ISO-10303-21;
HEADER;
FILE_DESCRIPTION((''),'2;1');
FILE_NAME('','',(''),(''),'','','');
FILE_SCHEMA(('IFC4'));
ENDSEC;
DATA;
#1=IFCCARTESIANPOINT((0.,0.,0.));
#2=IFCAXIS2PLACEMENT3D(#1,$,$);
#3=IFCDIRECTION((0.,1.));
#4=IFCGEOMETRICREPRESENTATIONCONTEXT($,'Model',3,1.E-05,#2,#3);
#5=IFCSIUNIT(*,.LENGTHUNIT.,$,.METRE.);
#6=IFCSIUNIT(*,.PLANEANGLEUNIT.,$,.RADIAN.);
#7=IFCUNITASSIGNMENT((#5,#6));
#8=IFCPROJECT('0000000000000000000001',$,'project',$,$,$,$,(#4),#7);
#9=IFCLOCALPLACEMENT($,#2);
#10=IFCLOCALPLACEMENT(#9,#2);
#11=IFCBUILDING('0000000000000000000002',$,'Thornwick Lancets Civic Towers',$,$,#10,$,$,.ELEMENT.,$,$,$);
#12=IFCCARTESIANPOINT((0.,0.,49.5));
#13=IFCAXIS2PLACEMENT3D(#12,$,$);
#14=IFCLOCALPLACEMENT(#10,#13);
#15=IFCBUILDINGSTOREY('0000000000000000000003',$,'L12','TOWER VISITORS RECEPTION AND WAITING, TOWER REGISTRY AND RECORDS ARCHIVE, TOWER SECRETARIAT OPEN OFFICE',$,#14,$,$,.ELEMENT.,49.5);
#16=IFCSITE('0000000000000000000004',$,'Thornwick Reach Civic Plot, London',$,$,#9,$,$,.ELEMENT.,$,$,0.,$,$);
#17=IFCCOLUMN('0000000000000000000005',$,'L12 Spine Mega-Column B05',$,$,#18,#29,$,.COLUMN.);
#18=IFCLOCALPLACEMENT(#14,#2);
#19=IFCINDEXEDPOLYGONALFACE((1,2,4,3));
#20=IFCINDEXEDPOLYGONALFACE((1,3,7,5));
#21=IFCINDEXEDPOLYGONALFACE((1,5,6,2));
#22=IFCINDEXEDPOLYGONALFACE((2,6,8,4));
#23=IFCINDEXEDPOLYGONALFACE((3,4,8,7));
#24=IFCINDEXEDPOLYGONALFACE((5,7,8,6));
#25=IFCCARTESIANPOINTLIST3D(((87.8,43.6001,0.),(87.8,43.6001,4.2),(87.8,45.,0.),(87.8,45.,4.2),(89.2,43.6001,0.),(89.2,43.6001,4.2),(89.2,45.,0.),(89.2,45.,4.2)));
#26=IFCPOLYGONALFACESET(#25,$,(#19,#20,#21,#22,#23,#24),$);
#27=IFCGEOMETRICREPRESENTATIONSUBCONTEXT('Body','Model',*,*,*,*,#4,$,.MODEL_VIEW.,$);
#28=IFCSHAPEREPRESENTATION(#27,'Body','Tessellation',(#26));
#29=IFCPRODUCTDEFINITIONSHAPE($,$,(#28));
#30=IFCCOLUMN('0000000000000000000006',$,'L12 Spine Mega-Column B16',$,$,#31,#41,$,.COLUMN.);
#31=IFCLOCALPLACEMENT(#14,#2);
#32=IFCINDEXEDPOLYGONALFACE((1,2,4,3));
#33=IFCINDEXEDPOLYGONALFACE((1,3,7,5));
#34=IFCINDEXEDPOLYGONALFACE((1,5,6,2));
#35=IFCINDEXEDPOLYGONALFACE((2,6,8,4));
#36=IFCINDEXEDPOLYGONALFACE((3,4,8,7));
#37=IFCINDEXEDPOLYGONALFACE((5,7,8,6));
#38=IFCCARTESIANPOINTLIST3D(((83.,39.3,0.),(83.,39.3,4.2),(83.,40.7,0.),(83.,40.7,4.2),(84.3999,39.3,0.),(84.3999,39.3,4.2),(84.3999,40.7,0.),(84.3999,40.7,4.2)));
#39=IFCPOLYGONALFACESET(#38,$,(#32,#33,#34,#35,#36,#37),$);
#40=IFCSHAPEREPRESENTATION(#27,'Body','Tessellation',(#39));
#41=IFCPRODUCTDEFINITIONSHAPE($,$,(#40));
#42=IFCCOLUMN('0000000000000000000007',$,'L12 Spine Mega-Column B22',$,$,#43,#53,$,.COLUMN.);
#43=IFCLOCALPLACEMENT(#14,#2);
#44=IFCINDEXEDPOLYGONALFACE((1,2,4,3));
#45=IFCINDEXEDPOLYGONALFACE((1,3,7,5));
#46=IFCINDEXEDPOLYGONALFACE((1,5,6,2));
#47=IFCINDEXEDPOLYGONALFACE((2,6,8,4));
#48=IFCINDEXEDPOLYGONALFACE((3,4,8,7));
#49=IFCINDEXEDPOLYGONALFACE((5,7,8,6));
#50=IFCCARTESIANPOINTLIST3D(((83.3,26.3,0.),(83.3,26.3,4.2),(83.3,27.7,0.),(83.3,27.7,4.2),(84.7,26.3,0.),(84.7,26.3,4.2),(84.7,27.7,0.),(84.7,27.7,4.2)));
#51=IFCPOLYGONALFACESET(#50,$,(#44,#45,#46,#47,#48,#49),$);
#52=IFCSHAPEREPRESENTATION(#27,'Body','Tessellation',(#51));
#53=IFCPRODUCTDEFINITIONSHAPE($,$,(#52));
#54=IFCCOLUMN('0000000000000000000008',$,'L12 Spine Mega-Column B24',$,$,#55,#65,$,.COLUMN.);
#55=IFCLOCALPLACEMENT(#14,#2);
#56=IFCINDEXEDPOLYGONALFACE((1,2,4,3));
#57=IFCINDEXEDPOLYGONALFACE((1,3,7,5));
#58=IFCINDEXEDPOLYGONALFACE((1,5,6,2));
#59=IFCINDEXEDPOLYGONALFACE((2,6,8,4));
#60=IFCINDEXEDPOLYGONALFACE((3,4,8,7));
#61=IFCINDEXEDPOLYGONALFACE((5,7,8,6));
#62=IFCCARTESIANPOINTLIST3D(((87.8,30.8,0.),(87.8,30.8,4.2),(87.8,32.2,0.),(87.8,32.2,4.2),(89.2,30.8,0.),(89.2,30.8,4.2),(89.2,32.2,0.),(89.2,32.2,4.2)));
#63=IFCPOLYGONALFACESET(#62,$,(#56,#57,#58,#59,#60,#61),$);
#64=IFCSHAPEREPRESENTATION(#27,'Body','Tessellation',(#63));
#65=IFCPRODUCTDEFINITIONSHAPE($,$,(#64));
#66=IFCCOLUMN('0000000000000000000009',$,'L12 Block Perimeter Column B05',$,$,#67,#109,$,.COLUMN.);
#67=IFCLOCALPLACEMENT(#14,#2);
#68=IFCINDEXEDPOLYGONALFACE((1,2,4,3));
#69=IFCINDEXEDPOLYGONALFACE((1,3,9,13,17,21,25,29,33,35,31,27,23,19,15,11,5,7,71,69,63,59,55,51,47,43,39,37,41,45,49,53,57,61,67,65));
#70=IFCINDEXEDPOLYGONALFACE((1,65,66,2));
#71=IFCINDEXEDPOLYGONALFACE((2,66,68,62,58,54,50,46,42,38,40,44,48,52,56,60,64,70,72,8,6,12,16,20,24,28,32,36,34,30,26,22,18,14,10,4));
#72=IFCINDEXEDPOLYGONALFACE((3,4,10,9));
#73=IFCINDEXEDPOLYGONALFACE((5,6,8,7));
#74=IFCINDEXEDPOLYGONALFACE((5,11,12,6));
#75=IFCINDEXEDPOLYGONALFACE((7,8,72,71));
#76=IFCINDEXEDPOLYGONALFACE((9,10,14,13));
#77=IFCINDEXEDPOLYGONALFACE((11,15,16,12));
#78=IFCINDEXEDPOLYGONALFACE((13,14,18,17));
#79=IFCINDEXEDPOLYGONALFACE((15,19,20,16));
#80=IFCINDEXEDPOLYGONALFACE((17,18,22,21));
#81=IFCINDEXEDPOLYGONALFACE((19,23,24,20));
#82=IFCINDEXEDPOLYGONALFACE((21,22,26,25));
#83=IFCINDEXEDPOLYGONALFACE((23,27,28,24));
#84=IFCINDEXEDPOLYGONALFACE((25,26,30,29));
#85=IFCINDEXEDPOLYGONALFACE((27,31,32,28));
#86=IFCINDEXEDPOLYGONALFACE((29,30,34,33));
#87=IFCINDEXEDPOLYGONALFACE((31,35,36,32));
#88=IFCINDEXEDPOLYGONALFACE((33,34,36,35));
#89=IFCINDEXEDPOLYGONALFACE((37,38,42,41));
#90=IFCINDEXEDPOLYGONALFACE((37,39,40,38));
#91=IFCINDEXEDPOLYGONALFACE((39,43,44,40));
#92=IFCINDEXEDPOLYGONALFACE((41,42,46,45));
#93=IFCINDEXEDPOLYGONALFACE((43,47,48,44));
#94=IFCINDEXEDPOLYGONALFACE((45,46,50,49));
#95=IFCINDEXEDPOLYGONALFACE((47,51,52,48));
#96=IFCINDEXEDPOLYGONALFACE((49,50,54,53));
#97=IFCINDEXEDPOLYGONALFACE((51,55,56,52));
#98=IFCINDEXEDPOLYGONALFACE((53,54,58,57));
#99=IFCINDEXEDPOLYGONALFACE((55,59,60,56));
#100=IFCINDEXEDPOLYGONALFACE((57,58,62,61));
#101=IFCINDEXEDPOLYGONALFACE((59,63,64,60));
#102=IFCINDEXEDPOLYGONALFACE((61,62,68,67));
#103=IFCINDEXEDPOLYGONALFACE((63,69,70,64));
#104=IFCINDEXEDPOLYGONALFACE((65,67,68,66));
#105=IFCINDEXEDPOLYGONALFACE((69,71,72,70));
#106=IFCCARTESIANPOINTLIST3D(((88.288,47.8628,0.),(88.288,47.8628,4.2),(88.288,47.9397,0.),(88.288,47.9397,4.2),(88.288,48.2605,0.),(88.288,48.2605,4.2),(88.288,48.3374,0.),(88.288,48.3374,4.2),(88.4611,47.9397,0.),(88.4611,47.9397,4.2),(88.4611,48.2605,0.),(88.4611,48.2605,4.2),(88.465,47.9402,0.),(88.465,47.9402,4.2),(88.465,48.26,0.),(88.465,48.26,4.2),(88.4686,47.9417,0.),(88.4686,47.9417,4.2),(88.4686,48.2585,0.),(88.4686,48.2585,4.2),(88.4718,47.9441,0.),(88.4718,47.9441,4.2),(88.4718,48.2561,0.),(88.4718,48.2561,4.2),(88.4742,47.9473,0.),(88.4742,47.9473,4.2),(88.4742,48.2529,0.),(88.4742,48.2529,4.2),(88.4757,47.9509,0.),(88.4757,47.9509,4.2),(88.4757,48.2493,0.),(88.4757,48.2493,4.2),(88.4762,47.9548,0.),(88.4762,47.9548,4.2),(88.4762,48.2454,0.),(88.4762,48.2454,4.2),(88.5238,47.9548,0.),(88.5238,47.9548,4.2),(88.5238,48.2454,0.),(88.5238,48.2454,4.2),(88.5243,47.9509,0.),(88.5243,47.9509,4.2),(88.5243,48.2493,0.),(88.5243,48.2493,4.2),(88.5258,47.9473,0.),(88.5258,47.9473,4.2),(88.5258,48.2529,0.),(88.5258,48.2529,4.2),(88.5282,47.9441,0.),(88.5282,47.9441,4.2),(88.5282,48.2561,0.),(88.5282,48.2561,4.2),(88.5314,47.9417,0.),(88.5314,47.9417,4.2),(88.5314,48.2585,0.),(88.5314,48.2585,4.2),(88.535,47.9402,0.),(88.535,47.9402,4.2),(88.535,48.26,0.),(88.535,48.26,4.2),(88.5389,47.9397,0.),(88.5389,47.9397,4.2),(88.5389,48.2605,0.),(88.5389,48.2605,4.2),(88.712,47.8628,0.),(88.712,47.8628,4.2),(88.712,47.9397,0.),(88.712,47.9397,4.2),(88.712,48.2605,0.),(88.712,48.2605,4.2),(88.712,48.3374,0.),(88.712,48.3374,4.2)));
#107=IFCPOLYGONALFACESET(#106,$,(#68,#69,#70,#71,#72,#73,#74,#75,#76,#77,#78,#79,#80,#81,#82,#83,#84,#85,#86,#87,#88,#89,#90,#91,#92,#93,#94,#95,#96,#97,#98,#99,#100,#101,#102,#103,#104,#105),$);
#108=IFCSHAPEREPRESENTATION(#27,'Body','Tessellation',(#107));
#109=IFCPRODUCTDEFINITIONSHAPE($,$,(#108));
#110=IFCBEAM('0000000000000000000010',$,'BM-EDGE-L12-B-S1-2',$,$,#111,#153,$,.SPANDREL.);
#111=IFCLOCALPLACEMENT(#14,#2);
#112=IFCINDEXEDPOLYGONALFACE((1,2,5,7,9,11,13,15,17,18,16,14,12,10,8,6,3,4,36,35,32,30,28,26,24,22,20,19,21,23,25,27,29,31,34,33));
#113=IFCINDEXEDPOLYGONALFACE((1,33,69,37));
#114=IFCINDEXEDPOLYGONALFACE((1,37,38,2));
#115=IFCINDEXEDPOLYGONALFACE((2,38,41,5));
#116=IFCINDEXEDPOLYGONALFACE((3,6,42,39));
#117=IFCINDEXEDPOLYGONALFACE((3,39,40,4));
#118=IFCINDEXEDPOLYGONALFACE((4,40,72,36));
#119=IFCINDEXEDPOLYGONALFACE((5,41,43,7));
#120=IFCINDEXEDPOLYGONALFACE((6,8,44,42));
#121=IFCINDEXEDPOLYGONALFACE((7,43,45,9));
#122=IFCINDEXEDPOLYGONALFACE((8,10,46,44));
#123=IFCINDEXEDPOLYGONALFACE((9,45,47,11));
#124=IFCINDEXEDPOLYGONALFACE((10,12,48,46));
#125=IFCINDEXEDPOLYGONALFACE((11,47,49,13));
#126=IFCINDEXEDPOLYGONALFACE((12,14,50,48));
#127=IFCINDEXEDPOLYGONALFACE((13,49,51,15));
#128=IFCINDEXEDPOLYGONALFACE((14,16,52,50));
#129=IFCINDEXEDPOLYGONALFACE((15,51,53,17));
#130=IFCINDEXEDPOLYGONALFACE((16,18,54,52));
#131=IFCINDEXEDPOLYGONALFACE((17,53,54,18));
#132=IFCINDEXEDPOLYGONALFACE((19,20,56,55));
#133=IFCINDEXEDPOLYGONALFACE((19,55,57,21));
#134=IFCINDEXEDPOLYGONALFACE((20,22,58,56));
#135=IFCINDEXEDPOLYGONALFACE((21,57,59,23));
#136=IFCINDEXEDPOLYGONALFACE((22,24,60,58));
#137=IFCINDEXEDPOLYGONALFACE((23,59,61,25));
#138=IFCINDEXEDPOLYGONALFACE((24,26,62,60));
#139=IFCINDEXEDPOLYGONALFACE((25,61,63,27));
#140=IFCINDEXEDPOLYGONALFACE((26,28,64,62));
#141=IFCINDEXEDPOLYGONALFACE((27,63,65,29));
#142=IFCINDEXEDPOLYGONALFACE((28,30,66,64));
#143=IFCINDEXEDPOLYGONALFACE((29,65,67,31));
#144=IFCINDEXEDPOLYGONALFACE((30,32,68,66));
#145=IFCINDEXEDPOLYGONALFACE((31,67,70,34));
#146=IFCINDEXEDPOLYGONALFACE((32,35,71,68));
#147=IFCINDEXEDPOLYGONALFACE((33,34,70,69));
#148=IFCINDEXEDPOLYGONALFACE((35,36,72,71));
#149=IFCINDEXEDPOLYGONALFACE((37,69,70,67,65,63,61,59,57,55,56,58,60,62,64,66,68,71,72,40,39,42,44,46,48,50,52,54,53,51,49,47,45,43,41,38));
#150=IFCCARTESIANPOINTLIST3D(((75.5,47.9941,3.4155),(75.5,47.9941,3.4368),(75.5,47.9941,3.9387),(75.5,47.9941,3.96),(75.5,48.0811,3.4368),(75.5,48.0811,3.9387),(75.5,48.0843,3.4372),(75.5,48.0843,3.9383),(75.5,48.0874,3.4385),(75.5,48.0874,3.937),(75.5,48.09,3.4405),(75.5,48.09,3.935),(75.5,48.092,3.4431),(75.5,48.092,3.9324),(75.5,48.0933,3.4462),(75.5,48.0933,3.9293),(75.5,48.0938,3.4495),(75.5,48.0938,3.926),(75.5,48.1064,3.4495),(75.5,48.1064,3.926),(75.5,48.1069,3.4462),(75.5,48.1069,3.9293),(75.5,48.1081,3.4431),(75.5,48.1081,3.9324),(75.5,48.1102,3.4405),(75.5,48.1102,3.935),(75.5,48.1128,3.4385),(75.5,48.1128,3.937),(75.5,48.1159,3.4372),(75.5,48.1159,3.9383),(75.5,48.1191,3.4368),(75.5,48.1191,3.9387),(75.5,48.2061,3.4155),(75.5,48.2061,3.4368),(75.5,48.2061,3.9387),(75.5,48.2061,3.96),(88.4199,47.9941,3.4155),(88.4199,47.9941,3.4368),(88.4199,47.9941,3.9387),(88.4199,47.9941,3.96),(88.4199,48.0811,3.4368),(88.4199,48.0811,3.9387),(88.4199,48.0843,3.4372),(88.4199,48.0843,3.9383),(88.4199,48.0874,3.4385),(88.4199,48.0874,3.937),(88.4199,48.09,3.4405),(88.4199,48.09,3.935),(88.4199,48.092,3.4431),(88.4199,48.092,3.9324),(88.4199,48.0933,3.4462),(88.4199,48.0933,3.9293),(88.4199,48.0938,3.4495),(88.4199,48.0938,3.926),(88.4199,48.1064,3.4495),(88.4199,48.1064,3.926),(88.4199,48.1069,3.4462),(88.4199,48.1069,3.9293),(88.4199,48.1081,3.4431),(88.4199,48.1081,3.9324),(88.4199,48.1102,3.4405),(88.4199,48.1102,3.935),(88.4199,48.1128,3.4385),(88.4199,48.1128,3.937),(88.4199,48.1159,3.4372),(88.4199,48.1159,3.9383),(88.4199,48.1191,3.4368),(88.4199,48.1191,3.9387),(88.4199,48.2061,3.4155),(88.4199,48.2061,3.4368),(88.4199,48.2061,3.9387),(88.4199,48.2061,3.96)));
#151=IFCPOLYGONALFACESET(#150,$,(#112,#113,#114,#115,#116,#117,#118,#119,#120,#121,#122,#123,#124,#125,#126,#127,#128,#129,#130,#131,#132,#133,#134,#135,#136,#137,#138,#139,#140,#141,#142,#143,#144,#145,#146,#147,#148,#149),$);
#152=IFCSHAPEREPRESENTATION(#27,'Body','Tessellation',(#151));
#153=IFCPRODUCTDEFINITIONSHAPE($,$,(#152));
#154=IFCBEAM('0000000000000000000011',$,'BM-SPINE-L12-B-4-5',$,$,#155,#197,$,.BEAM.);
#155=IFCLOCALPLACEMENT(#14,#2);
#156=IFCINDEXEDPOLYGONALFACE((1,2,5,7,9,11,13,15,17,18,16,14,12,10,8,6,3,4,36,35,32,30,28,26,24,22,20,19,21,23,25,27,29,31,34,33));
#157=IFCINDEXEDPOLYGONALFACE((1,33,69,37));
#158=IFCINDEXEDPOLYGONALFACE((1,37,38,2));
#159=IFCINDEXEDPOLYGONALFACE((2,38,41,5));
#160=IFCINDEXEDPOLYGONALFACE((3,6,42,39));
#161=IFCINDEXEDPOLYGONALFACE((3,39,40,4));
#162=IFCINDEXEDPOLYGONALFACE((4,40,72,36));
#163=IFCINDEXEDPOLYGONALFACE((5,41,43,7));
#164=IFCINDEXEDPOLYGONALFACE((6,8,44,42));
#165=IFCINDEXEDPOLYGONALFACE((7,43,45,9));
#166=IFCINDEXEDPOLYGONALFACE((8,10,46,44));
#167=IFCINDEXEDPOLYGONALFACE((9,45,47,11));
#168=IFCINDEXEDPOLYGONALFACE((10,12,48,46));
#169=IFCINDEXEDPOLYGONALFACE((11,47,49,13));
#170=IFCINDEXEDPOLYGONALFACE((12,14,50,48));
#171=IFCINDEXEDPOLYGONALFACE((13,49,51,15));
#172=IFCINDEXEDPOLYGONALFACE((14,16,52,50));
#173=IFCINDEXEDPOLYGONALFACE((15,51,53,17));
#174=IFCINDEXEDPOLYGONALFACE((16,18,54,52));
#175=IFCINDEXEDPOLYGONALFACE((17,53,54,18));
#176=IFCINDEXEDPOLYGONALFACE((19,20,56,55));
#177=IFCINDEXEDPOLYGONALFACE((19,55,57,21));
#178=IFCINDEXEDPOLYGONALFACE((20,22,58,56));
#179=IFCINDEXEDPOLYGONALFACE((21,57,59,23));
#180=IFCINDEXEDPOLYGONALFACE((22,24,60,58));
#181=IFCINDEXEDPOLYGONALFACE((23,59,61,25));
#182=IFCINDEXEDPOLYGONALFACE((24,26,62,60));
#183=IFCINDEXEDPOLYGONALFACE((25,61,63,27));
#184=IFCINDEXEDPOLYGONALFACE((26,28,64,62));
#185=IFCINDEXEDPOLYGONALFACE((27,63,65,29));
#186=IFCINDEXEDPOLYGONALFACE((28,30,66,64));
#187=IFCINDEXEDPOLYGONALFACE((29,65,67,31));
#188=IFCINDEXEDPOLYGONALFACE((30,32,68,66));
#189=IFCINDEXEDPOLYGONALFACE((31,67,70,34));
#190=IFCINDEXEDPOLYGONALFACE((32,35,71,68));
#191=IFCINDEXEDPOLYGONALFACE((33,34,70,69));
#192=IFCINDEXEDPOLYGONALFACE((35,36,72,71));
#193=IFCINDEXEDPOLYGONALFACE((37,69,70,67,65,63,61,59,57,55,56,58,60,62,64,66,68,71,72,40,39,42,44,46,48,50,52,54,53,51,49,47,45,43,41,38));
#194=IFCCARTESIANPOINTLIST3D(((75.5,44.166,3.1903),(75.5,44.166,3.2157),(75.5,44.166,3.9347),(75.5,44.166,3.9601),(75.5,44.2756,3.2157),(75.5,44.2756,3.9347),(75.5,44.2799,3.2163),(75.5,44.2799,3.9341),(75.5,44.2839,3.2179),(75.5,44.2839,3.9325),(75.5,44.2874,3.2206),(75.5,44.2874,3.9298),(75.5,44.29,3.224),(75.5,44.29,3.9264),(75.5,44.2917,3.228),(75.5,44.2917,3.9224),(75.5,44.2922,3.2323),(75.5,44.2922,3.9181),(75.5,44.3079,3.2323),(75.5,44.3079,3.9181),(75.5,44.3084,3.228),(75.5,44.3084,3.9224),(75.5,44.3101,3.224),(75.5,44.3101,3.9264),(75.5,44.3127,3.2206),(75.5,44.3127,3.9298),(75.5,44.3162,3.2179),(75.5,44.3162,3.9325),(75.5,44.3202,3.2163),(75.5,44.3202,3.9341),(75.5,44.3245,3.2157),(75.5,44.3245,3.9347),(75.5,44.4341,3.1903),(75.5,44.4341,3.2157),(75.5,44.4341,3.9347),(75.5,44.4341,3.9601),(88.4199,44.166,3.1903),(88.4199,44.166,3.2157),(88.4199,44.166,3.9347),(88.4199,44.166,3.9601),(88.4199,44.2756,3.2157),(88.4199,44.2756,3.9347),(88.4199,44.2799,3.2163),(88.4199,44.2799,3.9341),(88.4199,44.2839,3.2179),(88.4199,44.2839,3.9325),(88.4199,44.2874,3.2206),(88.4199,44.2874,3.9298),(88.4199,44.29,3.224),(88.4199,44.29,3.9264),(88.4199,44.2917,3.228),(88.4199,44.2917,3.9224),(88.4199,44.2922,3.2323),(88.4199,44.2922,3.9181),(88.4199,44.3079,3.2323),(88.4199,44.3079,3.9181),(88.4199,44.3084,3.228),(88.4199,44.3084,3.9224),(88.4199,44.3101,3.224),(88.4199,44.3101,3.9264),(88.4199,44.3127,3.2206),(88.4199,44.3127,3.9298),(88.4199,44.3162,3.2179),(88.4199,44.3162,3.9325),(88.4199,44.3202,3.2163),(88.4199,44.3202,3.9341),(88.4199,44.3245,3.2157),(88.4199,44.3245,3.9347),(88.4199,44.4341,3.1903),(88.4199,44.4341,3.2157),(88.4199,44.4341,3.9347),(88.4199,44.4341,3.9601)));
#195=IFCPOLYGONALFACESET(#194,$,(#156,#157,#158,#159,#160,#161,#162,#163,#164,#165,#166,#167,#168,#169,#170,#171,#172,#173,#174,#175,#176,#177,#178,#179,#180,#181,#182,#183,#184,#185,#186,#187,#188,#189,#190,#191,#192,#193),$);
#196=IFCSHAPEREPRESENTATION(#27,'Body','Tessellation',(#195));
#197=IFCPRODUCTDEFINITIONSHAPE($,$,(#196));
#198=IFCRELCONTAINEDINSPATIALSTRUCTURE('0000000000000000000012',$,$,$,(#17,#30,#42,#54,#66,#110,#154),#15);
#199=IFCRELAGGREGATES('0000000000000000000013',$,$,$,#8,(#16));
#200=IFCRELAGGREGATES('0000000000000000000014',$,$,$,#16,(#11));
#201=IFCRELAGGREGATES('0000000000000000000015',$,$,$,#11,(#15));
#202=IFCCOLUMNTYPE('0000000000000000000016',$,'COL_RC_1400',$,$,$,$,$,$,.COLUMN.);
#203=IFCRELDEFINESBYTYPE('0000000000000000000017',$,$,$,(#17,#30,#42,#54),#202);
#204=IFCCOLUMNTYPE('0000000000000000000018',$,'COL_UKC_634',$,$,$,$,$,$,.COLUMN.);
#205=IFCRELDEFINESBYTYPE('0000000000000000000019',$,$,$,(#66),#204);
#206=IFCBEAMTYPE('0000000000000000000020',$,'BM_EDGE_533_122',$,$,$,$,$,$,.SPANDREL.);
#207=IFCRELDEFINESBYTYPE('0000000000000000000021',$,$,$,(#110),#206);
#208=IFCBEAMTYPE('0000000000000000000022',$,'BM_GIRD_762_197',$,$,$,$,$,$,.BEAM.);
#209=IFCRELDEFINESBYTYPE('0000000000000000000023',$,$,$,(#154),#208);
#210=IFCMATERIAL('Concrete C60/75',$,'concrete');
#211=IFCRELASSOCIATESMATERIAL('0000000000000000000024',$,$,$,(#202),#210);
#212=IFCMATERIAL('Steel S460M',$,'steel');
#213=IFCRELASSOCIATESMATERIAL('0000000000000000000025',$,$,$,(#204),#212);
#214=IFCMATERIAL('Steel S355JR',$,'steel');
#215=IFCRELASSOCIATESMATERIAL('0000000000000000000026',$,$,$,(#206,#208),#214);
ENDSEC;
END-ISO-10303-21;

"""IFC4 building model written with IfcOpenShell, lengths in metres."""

from ifc_helpers import new_model, si_unit, direction, frame, origin, origin_2d, place, context, subcontext, project, spatial, rectangle, i_section, extrude, material, material_profile, profile_set, type_object, element, save


model = new_model("IFC4")

# Units and contexts
model_context = context("Model", 3, precision=1e-05, world=origin(), true_north=direction((0.0, 1.0)))
body_context = subcontext(model_context, "Body", "Model", "MODEL_VIEW")
ifc_project = project(units=[si_unit("LENGTHUNIT", "METRE"), si_unit("PLANEANGLEUNIT", "RADIAN")], contexts=[model_context])

# Site, building, storey
site_placement = place(None, origin())
site = spatial("IfcSite", under=ifc_project, at=site_placement, Name="Thornwick Reach Civic Plot, London", CompositionType="ELEMENT", RefElevation=0.0)
building_placement = place(site_placement, origin())
building = spatial("IfcBuilding", under=site, at=building_placement, Name="Thornwick Lancets Civic Towers", CompositionType="ELEMENT")
storey_placement = place(building_placement, frame((0.0, 0.0, 49.5)))
storey = spatial("IfcBuildingStorey", under=building, at=storey_placement, Name="L12", Description="TOWER VISITORS RECEPTION AND WAITING, TOWER REGISTRY AND RECORDS ARCHIVE, TOWER SECRETARIAT OPEN OFFICE", CompositionType="ELEMENT", Elevation=49.5)

# Columns
ifc_material_1 = material(Name="Concrete C60/75", Category="concrete")
ifc_material_profile_1 = material_profile(ifc_material_1, rectangle(XDim=1.3999, YDim=1.3999, at=origin_2d()), Name="RC 1400x1400")
ifc_profile_set_1 = profile_set([ifc_material_profile_1], Name="Concrete C60/75")
column_type_1 = type_object("IfcColumnType", Name="COL_RC_1400", PredefinedType="COLUMN", material=ifc_profile_set_1)
for number, where, z_axis, x_axis, name in (
    (1, (88.5, 44.3, 0.0), (0.0, 0.0, 1.0), (1.0, 0.0, 0.0), "L12 Spine Mega-Column B05"),
    (2, (83.7, 40.0, 0.0), (0.0, 0.0, 1.0), (1.0, 0.0, 0.0), "L12 Spine Mega-Column B16"),
    (3, (84.0, 27.0, 0.0), (0.0, 0.0, 1.0), (1.0, 0.0, 0.0), "L12 Spine Mega-Column B22"),
    (4, (88.5, 31.5, 0.0), (0.0, 0.0, 1.0), (1.0, 0.0, 0.0), "L12 Spine Mega-Column B24"),
):
    element("IfcColumn", number, at=place(storey_placement, frame(where, z_axis=z_axis, x_axis=x_axis)), inside=storey, type_object=column_type_1, Name=name, PredefinedType="COLUMN", context=body_context, shape_type="SweptSolid", body=[
        extrude(rectangle(XDim=1.3999, YDim=1.3999, at=origin_2d()), origin(), (0.0, 0.0, 1.0), 4.2),
    ])
ifc_material_2 = material(Name="Steel S460M", Category="steel")
ifc_material_profile_2 = material_profile(ifc_material_2, i_section(OverallWidth=0.4241, OverallDepth=0.4746, WebThickness=0.0476, FlangeThickness=0.0769, FilletRadius=0.0151, at=origin_2d()), Name="UKC 356x406x634")
ifc_profile_set_2 = profile_set([ifc_material_profile_2], Name="Steel S460M")
column_type_2 = type_object("IfcColumnType", Name="COL_UKC_634", PredefinedType="COLUMN", material=ifc_profile_set_2)
column_placement = place(storey_placement, frame((88.5, 48.1001, 0.0), z_axis=(0.0, 0.0, 1.0), x_axis=(1.0, 0.0, 0.0)))
element("IfcColumn", 5, at=column_placement, inside=storey, type_object=column_type_2, Name="L12 Block Perimeter Column B05", PredefinedType="COLUMN", context=body_context, shape_type="SweptSolid", body=[
    extrude(i_section(OverallWidth=0.4241, OverallDepth=0.4746, WebThickness=0.0476, FlangeThickness=0.0769, FilletRadius=0.0151, at=origin_2d()), origin(), (0.0, 0.0, 1.0), 4.2),
])

# Beams
ifc_material_3 = material(Name="Steel S355JR", Category="steel")
ifc_material_profile_3 = material_profile(ifc_material_3, i_section(OverallWidth=0.2119, OverallDepth=0.5444, WebThickness=0.0127, FlangeThickness=0.0212, FilletRadius=0.0127, at=origin_2d()), Name="UKB 533x210x122")
ifc_profile_set_3 = profile_set([ifc_material_profile_3], Name="Steel S355JR")
beam_type_1 = type_object("IfcBeamType", Name="BM_EDGE_533_122", PredefinedType="SPANDREL", material=ifc_profile_set_3)
beam_1_placement = place(storey_placement, frame((88.4199, 48.1001, 3.6877), z_axis=(-1.0, 0.0, 0.0), x_axis=(0.0, -1.0, 0.0)))
element("IfcBeam", 6, at=beam_1_placement, inside=storey, type_object=beam_type_1, Name="BM-EDGE-L12-B-S1-2", PredefinedType="SPANDREL", context=body_context, shape_type="SweptSolid", body=[
    extrude(i_section(OverallWidth=0.2119, OverallDepth=0.5444, WebThickness=0.0127, FlangeThickness=0.0212, FilletRadius=0.0127, at=origin_2d()), origin(), (0.0, 0.0, 1.0), 12.9199),
])
ifc_material_profile_4 = material_profile(ifc_material_3, i_section(OverallWidth=0.2681, OverallDepth=0.7698, WebThickness=0.0156, FlangeThickness=0.0254, FilletRadius=0.0166, at=origin_2d()), Name="UKB 762x267x197")
ifc_profile_set_4 = profile_set([ifc_material_profile_4], Name="Steel S355JR")
beam_type_2 = type_object("IfcBeamType", Name="BM_GIRD_762_197", PredefinedType="BEAM", material=ifc_profile_set_4)
beam_2_placement = place(storey_placement, frame((88.4199, 44.3, 3.5752), z_axis=(-1.0, 0.0, 0.0), x_axis=(0.0, -1.0, 0.0)))
element("IfcBeam", 7, at=beam_2_placement, inside=storey, type_object=beam_type_2, Name="BM-SPINE-L12-B-4-5", PredefinedType="BEAM", context=body_context, shape_type="SweptSolid", body=[
    extrude(i_section(OverallWidth=0.2681, OverallDepth=0.7698, WebThickness=0.0156, FlangeThickness=0.0254, FilletRadius=0.0166, at=origin_2d()), origin(), (0.0, 0.0, 1.0), 12.9199),
])

save(model, "model.ifc")
